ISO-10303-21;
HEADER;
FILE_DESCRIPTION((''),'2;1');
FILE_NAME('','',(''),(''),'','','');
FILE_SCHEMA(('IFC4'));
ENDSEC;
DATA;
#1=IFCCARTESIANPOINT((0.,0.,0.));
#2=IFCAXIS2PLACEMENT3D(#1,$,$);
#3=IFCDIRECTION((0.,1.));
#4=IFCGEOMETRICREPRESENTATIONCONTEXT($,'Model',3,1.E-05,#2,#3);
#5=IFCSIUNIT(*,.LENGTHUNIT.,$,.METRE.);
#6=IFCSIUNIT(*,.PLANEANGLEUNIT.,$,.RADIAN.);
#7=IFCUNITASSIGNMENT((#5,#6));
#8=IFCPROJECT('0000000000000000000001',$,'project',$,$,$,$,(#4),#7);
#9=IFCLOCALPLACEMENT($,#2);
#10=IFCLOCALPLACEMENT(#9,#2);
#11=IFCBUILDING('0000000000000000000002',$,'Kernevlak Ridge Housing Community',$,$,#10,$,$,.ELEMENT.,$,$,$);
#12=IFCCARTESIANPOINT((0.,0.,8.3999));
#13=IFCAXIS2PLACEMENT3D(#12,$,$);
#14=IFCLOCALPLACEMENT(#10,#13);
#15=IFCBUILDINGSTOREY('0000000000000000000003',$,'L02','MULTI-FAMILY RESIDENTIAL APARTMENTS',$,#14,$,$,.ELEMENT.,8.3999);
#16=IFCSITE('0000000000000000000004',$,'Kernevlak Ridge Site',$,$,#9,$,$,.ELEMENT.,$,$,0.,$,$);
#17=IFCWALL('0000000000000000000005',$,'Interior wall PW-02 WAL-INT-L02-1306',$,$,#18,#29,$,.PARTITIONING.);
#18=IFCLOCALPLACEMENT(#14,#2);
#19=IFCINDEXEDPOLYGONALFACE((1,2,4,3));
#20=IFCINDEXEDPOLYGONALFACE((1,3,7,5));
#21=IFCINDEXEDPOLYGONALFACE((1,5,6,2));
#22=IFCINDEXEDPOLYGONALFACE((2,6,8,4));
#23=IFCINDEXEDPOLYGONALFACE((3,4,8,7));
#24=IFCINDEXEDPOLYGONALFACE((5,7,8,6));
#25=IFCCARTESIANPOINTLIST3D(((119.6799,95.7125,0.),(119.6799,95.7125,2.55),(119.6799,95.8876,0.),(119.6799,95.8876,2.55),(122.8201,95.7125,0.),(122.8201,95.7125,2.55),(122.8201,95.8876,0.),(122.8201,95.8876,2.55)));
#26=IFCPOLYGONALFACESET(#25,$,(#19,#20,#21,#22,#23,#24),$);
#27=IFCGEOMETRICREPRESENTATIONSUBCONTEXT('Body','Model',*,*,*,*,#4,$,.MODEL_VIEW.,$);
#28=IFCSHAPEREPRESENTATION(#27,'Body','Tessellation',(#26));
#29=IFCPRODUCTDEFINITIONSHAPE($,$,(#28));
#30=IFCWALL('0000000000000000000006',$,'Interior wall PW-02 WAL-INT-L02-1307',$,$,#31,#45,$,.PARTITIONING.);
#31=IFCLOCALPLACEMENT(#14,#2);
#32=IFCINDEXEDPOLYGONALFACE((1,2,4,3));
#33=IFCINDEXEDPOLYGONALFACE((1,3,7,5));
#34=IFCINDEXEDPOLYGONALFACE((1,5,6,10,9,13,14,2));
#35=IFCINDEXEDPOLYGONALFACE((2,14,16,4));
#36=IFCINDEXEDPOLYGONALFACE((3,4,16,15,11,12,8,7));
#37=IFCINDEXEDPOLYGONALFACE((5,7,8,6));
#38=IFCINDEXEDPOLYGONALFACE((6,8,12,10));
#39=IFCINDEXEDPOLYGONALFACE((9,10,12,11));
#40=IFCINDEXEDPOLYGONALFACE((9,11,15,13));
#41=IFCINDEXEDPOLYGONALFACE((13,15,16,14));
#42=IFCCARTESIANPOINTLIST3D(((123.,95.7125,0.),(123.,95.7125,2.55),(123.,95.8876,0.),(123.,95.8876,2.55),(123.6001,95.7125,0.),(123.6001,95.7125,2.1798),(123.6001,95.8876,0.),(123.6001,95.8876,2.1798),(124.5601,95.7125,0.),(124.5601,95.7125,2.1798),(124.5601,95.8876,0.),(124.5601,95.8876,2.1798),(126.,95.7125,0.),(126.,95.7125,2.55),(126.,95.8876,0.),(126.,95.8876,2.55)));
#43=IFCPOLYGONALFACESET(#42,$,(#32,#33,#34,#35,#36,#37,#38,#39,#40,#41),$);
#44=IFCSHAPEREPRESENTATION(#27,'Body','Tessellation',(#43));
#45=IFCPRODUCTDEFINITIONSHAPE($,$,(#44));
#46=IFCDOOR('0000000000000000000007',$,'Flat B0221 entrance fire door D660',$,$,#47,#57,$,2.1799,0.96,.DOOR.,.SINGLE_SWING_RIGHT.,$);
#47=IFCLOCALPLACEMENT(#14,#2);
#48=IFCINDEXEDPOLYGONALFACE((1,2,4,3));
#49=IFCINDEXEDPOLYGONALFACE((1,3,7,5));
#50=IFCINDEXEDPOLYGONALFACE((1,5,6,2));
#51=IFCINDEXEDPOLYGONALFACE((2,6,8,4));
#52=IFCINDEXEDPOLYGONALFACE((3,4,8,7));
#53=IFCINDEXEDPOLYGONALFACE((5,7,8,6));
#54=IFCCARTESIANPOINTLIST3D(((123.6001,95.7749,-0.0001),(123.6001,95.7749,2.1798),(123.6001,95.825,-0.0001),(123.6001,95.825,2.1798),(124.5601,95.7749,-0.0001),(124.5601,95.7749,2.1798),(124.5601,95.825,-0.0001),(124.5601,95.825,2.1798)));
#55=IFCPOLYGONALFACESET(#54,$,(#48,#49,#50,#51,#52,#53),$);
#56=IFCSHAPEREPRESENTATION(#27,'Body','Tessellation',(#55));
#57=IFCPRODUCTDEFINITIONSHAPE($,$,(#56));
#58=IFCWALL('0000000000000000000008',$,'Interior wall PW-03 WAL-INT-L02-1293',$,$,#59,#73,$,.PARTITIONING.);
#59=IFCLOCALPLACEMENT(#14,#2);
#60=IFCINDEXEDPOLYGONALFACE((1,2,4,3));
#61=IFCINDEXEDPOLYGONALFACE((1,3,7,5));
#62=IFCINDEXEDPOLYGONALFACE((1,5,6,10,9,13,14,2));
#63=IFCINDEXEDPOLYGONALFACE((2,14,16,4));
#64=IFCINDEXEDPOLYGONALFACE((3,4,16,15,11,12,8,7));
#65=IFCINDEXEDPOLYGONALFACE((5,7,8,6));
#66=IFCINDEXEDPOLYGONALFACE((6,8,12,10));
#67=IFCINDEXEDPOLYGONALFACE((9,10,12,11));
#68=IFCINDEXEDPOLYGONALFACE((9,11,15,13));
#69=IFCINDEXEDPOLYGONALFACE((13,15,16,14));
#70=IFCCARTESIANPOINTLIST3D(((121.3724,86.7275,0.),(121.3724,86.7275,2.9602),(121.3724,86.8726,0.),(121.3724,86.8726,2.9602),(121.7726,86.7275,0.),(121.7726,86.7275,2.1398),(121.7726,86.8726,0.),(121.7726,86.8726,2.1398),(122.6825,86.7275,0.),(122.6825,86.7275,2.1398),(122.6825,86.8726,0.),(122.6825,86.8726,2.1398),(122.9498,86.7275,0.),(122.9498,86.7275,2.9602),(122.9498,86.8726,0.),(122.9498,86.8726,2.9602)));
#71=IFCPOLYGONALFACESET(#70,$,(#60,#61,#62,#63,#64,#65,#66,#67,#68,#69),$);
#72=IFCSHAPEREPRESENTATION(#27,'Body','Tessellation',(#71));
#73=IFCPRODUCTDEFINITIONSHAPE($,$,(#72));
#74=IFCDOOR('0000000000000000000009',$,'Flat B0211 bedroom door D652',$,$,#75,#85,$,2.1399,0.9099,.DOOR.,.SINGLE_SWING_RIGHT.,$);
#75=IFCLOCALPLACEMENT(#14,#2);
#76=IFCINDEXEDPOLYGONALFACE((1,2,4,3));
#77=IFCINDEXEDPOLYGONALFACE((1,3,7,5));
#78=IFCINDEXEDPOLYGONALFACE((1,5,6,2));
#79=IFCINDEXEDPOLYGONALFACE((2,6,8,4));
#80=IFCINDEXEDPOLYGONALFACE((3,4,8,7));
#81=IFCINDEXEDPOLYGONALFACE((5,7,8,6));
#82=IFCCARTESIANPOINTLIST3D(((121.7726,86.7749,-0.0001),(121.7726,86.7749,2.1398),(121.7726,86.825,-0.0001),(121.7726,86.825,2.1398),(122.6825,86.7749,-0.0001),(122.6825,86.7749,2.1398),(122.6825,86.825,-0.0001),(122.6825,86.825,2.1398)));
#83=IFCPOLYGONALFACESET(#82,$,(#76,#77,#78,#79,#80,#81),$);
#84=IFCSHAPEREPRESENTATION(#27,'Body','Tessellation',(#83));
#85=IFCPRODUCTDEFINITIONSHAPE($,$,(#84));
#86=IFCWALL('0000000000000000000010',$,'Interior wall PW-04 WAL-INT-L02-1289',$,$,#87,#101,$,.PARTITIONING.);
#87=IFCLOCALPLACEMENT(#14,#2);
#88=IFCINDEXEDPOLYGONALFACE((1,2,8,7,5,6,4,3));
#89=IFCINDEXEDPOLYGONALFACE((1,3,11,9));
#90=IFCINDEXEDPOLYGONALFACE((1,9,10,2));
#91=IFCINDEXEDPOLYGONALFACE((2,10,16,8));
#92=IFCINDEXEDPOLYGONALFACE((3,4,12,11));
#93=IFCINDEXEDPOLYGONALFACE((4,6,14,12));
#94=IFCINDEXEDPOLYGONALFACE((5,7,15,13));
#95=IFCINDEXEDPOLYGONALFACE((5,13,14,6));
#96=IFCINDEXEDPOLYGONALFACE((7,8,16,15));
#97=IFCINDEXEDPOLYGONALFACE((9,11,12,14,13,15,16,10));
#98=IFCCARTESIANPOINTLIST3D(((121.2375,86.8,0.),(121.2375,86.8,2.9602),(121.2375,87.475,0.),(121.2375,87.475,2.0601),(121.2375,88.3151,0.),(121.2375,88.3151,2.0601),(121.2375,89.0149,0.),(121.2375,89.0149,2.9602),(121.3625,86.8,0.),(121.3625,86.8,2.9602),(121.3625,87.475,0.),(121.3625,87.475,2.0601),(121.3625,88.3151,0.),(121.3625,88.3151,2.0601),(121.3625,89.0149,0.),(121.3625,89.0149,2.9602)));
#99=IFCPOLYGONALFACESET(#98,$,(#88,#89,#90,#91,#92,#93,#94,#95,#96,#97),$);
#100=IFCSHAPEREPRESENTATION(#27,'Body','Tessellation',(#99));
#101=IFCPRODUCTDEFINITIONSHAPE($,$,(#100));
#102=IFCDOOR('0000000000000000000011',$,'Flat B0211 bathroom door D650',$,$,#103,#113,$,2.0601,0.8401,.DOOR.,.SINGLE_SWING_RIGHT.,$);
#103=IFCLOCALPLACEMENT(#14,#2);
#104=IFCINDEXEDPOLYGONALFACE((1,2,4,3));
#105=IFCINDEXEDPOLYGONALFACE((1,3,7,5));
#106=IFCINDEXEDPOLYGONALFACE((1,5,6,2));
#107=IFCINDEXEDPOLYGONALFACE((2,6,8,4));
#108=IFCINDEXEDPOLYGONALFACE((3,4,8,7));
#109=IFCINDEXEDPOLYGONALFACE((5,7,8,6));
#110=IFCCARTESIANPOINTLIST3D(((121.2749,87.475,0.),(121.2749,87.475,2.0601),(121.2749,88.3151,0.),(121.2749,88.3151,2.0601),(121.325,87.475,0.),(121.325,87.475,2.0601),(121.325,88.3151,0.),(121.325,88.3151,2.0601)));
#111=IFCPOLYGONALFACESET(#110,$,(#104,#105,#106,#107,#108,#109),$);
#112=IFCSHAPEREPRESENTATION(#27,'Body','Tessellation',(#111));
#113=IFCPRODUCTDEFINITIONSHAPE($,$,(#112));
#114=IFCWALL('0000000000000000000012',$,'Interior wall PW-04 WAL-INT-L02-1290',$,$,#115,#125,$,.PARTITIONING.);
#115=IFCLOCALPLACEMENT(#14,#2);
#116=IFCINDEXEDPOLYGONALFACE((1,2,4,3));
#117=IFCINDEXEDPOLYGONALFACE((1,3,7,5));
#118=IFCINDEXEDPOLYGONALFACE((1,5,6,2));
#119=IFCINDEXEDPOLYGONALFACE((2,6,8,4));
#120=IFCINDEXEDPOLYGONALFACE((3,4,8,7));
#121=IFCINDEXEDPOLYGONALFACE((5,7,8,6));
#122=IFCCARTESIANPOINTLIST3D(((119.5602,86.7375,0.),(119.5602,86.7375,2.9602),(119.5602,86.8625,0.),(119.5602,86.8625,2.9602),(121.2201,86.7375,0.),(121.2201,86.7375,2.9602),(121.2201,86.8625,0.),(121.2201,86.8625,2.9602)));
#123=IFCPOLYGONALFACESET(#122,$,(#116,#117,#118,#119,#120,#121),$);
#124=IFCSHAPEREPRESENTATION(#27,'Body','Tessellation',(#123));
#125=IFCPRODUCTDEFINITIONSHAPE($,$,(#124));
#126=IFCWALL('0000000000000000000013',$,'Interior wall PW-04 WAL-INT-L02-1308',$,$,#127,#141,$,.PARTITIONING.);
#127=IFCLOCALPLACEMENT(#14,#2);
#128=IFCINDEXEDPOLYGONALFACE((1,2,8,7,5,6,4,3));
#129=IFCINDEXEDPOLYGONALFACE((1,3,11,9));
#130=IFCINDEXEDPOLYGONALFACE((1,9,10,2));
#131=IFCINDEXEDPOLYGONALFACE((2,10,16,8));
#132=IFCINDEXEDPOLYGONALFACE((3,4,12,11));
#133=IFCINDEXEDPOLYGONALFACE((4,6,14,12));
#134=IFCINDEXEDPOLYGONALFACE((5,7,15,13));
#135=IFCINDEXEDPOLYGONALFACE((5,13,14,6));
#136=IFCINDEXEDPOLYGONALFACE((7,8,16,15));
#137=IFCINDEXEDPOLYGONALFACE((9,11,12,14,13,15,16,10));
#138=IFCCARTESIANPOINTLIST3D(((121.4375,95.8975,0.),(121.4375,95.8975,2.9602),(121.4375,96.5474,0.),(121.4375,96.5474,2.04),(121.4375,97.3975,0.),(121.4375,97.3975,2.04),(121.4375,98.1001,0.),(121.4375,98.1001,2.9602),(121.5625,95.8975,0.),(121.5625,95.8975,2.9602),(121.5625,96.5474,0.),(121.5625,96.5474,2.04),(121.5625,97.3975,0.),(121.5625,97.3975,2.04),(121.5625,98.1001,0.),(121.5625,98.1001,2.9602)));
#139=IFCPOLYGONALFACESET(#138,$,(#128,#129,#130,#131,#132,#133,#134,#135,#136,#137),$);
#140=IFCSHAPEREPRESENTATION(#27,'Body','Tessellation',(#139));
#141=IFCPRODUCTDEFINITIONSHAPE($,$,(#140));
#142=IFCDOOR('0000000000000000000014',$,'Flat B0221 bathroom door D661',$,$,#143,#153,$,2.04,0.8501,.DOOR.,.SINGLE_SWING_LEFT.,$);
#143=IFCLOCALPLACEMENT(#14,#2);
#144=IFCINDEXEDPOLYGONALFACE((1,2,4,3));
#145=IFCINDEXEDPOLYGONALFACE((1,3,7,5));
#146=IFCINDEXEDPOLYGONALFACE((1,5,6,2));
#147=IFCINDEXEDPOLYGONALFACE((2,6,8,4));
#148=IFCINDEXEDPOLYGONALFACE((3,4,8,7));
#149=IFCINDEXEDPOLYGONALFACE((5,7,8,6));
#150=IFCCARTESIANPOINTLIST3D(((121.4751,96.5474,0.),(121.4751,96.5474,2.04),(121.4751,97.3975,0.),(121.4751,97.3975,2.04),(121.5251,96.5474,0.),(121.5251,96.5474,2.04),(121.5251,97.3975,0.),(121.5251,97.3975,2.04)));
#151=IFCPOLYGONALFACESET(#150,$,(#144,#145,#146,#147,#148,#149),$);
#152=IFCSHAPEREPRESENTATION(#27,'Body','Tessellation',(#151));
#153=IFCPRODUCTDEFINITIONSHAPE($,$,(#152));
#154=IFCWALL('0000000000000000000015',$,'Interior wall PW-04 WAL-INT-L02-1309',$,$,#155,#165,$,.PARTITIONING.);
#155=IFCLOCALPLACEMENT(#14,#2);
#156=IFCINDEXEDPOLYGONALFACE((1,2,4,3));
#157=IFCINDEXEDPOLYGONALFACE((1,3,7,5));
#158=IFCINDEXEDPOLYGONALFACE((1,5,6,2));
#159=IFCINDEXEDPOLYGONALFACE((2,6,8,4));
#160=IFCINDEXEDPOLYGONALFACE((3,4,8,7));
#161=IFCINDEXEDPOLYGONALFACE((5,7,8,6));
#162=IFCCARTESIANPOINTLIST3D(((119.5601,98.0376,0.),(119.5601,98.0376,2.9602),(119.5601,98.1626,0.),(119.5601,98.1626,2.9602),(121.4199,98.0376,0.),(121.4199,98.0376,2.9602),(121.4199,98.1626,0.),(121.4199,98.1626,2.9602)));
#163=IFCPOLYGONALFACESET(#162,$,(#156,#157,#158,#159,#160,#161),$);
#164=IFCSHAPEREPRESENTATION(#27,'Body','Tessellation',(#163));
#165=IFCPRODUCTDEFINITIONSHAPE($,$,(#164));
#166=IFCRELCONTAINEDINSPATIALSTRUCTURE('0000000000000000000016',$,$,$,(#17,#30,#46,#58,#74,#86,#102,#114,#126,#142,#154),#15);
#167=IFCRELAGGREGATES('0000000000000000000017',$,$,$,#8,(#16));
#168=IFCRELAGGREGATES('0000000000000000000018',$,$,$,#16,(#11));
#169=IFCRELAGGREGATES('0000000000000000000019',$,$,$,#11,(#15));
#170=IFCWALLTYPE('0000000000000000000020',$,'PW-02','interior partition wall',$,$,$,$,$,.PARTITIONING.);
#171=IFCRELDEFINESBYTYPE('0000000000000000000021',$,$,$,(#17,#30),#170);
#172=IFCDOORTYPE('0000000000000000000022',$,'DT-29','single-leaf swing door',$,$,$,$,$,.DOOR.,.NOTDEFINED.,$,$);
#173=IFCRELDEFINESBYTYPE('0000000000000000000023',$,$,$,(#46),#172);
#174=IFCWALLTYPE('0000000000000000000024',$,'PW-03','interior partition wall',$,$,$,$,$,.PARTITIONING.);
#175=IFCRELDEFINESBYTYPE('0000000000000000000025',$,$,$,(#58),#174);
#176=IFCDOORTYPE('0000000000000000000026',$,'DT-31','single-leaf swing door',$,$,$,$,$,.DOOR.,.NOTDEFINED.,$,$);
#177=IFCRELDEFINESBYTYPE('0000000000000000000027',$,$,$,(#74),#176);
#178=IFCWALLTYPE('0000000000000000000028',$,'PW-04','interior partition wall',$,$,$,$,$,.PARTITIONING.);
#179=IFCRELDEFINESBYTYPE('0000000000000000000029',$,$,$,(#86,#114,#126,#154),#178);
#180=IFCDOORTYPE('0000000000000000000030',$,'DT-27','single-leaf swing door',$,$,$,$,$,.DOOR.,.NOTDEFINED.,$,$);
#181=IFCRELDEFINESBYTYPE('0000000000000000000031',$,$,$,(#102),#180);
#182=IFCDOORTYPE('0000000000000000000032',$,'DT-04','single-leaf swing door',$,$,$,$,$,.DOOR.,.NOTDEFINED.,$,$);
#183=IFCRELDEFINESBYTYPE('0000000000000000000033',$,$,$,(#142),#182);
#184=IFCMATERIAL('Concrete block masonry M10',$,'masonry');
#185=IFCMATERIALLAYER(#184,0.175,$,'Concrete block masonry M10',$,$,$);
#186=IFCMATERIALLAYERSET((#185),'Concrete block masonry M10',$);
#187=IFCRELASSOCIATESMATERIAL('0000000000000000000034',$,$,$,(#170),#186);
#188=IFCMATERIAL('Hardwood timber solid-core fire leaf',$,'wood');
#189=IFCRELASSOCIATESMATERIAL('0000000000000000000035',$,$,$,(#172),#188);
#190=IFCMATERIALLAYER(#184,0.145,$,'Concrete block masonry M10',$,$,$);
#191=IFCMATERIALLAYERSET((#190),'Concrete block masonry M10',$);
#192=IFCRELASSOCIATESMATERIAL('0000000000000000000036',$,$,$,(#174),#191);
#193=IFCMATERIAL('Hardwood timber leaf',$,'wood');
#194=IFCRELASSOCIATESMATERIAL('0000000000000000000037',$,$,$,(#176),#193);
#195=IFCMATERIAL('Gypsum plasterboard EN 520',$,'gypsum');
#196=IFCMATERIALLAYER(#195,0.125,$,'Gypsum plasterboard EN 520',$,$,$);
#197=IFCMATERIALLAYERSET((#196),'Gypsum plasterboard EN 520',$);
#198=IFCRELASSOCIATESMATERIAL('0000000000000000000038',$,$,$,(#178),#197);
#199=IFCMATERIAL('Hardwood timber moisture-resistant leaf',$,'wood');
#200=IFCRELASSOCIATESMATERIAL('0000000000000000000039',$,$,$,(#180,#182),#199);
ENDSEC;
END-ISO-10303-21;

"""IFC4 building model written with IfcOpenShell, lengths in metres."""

from ifc_helpers import new_model, si_unit, direction, frame, frame_2d, origin, place, context, subcontext, project, spatial, rectangle, extrude, material, layer, layer_set, type_object, element, fill, save


model = new_model("IFC4")

# Units and contexts
model_context = context("Model", 3, precision=1e-05, world=origin(), true_north=direction((0.0, 1.0)))
body_context = subcontext(model_context, "Body", "Model", "MODEL_VIEW")
ifc_project = project(units=[si_unit("LENGTHUNIT", "METRE"), si_unit("PLANEANGLEUNIT", "RADIAN")], contexts=[model_context])

# Site, building, storey
site_placement = place(None, origin())
site = spatial("IfcSite", under=ifc_project, at=site_placement, Name="Kernevlak Ridge Site", CompositionType="ELEMENT", RefElevation=0.0)
building_placement = place(site_placement, origin())
building = spatial("IfcBuilding", under=site, at=building_placement, Name="Kernevlak Ridge Housing Community", CompositionType="ELEMENT")
storey_placement = place(building_placement, frame((0.0, 0.0, 8.3999)))
storey = spatial("IfcBuildingStorey", under=building, at=storey_placement, Name="L02", Description="MULTI-FAMILY RESIDENTIAL APARTMENTS", CompositionType="ELEMENT", Elevation=8.3999)

# Shared definitions
ifc_material_1 = material(Name="Concrete block masonry M10", Category="masonry")

# Shared definitions
ifc_layer_1 = layer(ifc_material_1, 0.175, Name="Concrete block masonry M10")
ifc_layer_set_1 = layer_set([ifc_layer_1], Name="Concrete block masonry M10")
wall_type_1 = type_object("IfcWallType", Name="PW-02", Description="interior partition wall", PredefinedType="PARTITIONING", material=ifc_layer_set_1)

# Wall
wall_1_placement = place(storey_placement, frame((119.6799, 95.8, 0.0), z_axis=(0.0, 0.0, 1.0), x_axis=(1.0, 0.0, 0.0)))
element("IfcWall", 1, at=wall_1_placement, inside=storey, type_object=wall_type_1, Name="Interior wall PW-02 WAL-INT-L02-1306", PredefinedType="PARTITIONING", context=body_context, shape_type="SweptSolid", body=[
    extrude(rectangle(XDim=3.1401, YDim=0.175, at=frame_2d((1.5701, 0.0))), origin(), (0.0, 0.0, 1.0), 2.55),
])

# Walls, openings, doors
wall_2_placement = place(storey_placement, frame((123.0, 95.8, 0.0), z_axis=(0.0, 0.0, 1.0), x_axis=(1.0, 0.0, 0.0)))
wall_2 = element("IfcWall", 2, at=wall_2_placement, inside=storey, type_object=wall_type_1, Name="Interior wall PW-02 WAL-INT-L02-1307", PredefinedType="PARTITIONING", context=body_context, shape_type="SweptSolid", body=[
    extrude(rectangle(XDim=3.0, YDim=0.175, at=frame_2d((1.5, 0.0))), origin(), (0.0, 0.0, 1.0), 2.55),
])
opening_1_placement = place(wall_2_placement, frame((0.6001, 0.0, 0.0)))
opening_1 = element("IfcOpeningElement", 3, at=opening_1_placement, cuts=wall_2, PredefinedType="OPENING", context=body_context, shape_type="SweptSolid", body=[
    extrude(rectangle(XDim=0.96, YDim=2.1799, at=frame_2d((0.48, 1.0898))), frame((0.0, 0.0974, 0.0), z_axis=(0.0, -1.0, 0.0), x_axis=(1.0, 0.0, 0.0)), (0.0, 0.0, 1.0), 0.1951),
])
ifc_material_2 = material(Name="Hardwood timber solid-core fire leaf", Category="wood")
door_type_1 = type_object("IfcDoorType", Name="DT-29", Description="single-leaf swing door", OperationType="NOTDEFINED", PredefinedType="DOOR", material=ifc_material_2)
door_1_placement = place(opening_1_placement, origin())
door_1 = element("IfcDoor", 4, at=door_1_placement, inside=storey, type_object=door_type_1, Name="Flat B0221 entrance fire door D660", OperationType="SINGLE_SWING_RIGHT", OverallHeight=2.1799, OverallWidth=0.96, PredefinedType="DOOR", context=body_context, shape_type="SweptSolid", body=[
    extrude(rectangle(XDim=0.96, YDim=2.1799, at=frame_2d((0.48, 1.0898))), frame((0.0, 0.0249, 0.0), z_axis=(0.0, -1.0, 0.0), x_axis=(1.0, 0.0, 0.0)), (0.0, 0.0, 1.0), 0.05),
])
fill(opening_1, door_1)
ifc_layer_2 = layer(ifc_material_1, 0.145, Name="Concrete block masonry M10")
ifc_layer_set_2 = layer_set([ifc_layer_2], Name="Concrete block masonry M10")
wall_type_2 = type_object("IfcWallType", Name="PW-03", Description="interior partition wall", PredefinedType="PARTITIONING", material=ifc_layer_set_2)
wall_3_placement = place(storey_placement, frame((121.3726, 86.8, 0.0), z_axis=(0.0, 0.0, 1.0), x_axis=(1.0, 0.0, 0.0)))
wall_3 = element("IfcWall", 5, at=wall_3_placement, inside=storey, type_object=wall_type_2, Name="Interior wall PW-03 WAL-INT-L02-1293", PredefinedType="PARTITIONING", context=body_context, shape_type="SweptSolid", body=[
    extrude(rectangle(XDim=1.5774, YDim=0.145, at=frame_2d((0.7886, 0.0))), origin(), (0.0, 0.0, 1.0), 2.9602),
])
opening_2_placement = place(wall_3_placement, frame((0.3999, 0.0, 0.0)))
opening_2 = element("IfcOpeningElement", 6, at=opening_2_placement, cuts=wall_3, PredefinedType="OPENING", context=body_context, shape_type="SweptSolid", body=[
    extrude(rectangle(XDim=0.9099, YDim=2.1399, at=frame_2d((0.4551, 1.0698))), frame((0.0, 0.0825, 0.0), z_axis=(0.0, -1.0, 0.0), x_axis=(1.0, 0.0, 0.0)), (0.0, 0.0, 1.0), 0.165),
])
ifc_material_3 = material(Name="Hardwood timber leaf", Category="wood")
door_type_2 = type_object("IfcDoorType", Name="DT-31", Description="single-leaf swing door", OperationType="NOTDEFINED", PredefinedType="DOOR", material=ifc_material_3)
door_2_placement = place(opening_2_placement, origin())
door_2 = element("IfcDoor", 7, at=door_2_placement, inside=storey, type_object=door_type_2, Name="Flat B0211 bedroom door D652", OperationType="SINGLE_SWING_RIGHT", OverallHeight=2.1399, OverallWidth=0.9099, PredefinedType="DOOR", context=body_context, shape_type="SweptSolid", body=[
    extrude(rectangle(XDim=0.9099, YDim=2.1399, at=frame_2d((0.4551, 1.0698))), frame((0.0, 0.0249, 0.0), z_axis=(0.0, -1.0, 0.0), x_axis=(1.0, 0.0, 0.0)), (0.0, 0.0, 1.0), 0.05),
])
fill(opening_2, door_2)
ifc_material_4 = material(Name="Gypsum plasterboard EN 520", Category="gypsum")
ifc_layer_3 = layer(ifc_material_4, 0.125, Name="Gypsum plasterboard EN 520")
ifc_layer_set_3 = layer_set([ifc_layer_3], Name="Gypsum plasterboard EN 520")
wall_type_3 = type_object("IfcWallType", Name="PW-04", Description="interior partition wall", PredefinedType="PARTITIONING", material=ifc_layer_set_3)
wall_4_placement = place(storey_placement, frame((121.3, 89.0149, 0.0), z_axis=(0.0, 0.0, 1.0), x_axis=(0.0, -1.0, 0.0)))
wall_4 = element("IfcWall", 8, at=wall_4_placement, inside=storey, type_object=wall_type_3, Name="Interior wall PW-04 WAL-INT-L02-1289", PredefinedType="PARTITIONING", context=body_context, shape_type="SweptSolid", body=[
    extrude(rectangle(XDim=2.2148, YDim=0.125, at=frame_2d((1.1074, 0.0))), origin(), (0.0, 0.0, 1.0), 2.9602),
])
opening_3_placement = place(wall_4_placement, frame((0.7, 0.0, 0.0)))
opening_3 = element("IfcOpeningElement", 9, at=opening_3_placement, cuts=wall_4, PredefinedType="OPENING", context=body_context, shape_type="SweptSolid", body=[
    extrude(rectangle(XDim=0.8401, YDim=2.0601, at=frame_2d((0.4199, 1.03))), frame((0.0, 0.0725, 0.0), z_axis=(0.0, -1.0, 0.0), x_axis=(1.0, 0.0, 0.0)), (0.0, 0.0, 1.0), 0.145),
])
ifc_material_5 = material(Name="Hardwood timber moisture-resistant leaf", Category="wood")
door_type_3 = type_object("IfcDoorType", Name="DT-27", Description="single-leaf swing door", OperationType="NOTDEFINED", PredefinedType="DOOR", material=ifc_material_5)
door_3_placement = place(opening_3_placement, origin())
door_3 = element("IfcDoor", 10, at=door_3_placement, inside=storey, type_object=door_type_3, Name="Flat B0211 bathroom door D650", OperationType="SINGLE_SWING_RIGHT", OverallHeight=2.0601, OverallWidth=0.8401, PredefinedType="DOOR", context=body_context, shape_type="SweptSolid", body=[
    extrude(rectangle(XDim=0.8401, YDim=2.0601, at=frame_2d((0.4199, 1.03))), frame((0.0, 0.0249, 0.0), z_axis=(0.0, -1.0, 0.0), x_axis=(1.0, 0.0, 0.0)), (0.0, 0.0, 1.0), 0.05),
])
fill(opening_3, door_3)

# Wall
wall_5_placement = place(storey_placement, frame((119.5601, 86.8, 0.0), z_axis=(0.0, 0.0, 1.0), x_axis=(1.0, 0.0, 0.0)))
element("IfcWall", 11, at=wall_5_placement, inside=storey, type_object=wall_type_3, Name="Interior wall PW-04 WAL-INT-L02-1290", PredefinedType="PARTITIONING", context=body_context, shape_type="SweptSolid", body=[
    extrude(rectangle(XDim=1.6599, YDim=0.125, at=frame_2d((0.8301, 0.0))), origin(), (0.0, 0.0, 1.0), 2.9602),
])

# Wall, opening, door
wall_6_placement = place(storey_placement, frame((121.5, 95.8975, 0.0), z_axis=(0.0, 0.0, 1.0), x_axis=(0.0, 1.0, 0.0)))
wall_6 = element("IfcWall", 12, at=wall_6_placement, inside=storey, type_object=wall_type_3, Name="Interior wall PW-04 WAL-INT-L02-1308", PredefinedType="PARTITIONING", context=body_context, shape_type="SweptSolid", body=[
    extrude(rectangle(XDim=2.2026, YDim=0.125, at=frame_2d((1.1013, 0.0))), origin(), (0.0, 0.0, 1.0), 2.9602),
])
opening_4_placement = place(wall_6_placement, frame((0.6499, 0.0, 0.0)))
opening_4 = element("IfcOpeningElement", 13, at=opening_4_placement, cuts=wall_6, PredefinedType="OPENING", context=body_context, shape_type="SweptSolid", body=[
    extrude(rectangle(XDim=0.8501, YDim=2.04, at=frame_2d((0.425, 1.02))), frame((0.0, 0.0725, 0.0), z_axis=(0.0, -1.0, 0.0), x_axis=(1.0, 0.0, 0.0)), (0.0, 0.0, 1.0), 0.145),
])
door_type_4 = type_object("IfcDoorType", Name="DT-04", Description="single-leaf swing door", OperationType="NOTDEFINED", PredefinedType="DOOR", material=ifc_material_5)
door_4_placement = place(opening_4_placement, origin())
door_4 = element("IfcDoor", 14, at=door_4_placement, inside=storey, type_object=door_type_4, Name="Flat B0221 bathroom door D661", OperationType="SINGLE_SWING_LEFT", OverallHeight=2.04, OverallWidth=0.8501, PredefinedType="DOOR", context=body_context, shape_type="SweptSolid", body=[
    extrude(rectangle(XDim=0.8501, YDim=2.04, at=frame_2d((0.425, 1.02))), frame((0.0, 0.0249, 0.0), z_axis=(0.0, -1.0, 0.0), x_axis=(1.0, 0.0, 0.0)), (0.0, 0.0, 1.0), 0.05),
])
fill(opening_4, door_4)

# Wall
wall_7_placement = place(storey_placement, frame((119.5601, 98.1001, 0.0), z_axis=(0.0, 0.0, 1.0), x_axis=(1.0, 0.0, 0.0)))
element("IfcWall", 15, at=wall_7_placement, inside=storey, type_object=wall_type_3, Name="Interior wall PW-04 WAL-INT-L02-1309", PredefinedType="PARTITIONING", context=body_context, shape_type="SweptSolid", body=[
    extrude(rectangle(XDim=1.8599, YDim=0.125, at=frame_2d((0.9299, 0.0))), origin(), (0.0, 0.0, 1.0), 2.9602),
])

save(model, "model.ifc")
